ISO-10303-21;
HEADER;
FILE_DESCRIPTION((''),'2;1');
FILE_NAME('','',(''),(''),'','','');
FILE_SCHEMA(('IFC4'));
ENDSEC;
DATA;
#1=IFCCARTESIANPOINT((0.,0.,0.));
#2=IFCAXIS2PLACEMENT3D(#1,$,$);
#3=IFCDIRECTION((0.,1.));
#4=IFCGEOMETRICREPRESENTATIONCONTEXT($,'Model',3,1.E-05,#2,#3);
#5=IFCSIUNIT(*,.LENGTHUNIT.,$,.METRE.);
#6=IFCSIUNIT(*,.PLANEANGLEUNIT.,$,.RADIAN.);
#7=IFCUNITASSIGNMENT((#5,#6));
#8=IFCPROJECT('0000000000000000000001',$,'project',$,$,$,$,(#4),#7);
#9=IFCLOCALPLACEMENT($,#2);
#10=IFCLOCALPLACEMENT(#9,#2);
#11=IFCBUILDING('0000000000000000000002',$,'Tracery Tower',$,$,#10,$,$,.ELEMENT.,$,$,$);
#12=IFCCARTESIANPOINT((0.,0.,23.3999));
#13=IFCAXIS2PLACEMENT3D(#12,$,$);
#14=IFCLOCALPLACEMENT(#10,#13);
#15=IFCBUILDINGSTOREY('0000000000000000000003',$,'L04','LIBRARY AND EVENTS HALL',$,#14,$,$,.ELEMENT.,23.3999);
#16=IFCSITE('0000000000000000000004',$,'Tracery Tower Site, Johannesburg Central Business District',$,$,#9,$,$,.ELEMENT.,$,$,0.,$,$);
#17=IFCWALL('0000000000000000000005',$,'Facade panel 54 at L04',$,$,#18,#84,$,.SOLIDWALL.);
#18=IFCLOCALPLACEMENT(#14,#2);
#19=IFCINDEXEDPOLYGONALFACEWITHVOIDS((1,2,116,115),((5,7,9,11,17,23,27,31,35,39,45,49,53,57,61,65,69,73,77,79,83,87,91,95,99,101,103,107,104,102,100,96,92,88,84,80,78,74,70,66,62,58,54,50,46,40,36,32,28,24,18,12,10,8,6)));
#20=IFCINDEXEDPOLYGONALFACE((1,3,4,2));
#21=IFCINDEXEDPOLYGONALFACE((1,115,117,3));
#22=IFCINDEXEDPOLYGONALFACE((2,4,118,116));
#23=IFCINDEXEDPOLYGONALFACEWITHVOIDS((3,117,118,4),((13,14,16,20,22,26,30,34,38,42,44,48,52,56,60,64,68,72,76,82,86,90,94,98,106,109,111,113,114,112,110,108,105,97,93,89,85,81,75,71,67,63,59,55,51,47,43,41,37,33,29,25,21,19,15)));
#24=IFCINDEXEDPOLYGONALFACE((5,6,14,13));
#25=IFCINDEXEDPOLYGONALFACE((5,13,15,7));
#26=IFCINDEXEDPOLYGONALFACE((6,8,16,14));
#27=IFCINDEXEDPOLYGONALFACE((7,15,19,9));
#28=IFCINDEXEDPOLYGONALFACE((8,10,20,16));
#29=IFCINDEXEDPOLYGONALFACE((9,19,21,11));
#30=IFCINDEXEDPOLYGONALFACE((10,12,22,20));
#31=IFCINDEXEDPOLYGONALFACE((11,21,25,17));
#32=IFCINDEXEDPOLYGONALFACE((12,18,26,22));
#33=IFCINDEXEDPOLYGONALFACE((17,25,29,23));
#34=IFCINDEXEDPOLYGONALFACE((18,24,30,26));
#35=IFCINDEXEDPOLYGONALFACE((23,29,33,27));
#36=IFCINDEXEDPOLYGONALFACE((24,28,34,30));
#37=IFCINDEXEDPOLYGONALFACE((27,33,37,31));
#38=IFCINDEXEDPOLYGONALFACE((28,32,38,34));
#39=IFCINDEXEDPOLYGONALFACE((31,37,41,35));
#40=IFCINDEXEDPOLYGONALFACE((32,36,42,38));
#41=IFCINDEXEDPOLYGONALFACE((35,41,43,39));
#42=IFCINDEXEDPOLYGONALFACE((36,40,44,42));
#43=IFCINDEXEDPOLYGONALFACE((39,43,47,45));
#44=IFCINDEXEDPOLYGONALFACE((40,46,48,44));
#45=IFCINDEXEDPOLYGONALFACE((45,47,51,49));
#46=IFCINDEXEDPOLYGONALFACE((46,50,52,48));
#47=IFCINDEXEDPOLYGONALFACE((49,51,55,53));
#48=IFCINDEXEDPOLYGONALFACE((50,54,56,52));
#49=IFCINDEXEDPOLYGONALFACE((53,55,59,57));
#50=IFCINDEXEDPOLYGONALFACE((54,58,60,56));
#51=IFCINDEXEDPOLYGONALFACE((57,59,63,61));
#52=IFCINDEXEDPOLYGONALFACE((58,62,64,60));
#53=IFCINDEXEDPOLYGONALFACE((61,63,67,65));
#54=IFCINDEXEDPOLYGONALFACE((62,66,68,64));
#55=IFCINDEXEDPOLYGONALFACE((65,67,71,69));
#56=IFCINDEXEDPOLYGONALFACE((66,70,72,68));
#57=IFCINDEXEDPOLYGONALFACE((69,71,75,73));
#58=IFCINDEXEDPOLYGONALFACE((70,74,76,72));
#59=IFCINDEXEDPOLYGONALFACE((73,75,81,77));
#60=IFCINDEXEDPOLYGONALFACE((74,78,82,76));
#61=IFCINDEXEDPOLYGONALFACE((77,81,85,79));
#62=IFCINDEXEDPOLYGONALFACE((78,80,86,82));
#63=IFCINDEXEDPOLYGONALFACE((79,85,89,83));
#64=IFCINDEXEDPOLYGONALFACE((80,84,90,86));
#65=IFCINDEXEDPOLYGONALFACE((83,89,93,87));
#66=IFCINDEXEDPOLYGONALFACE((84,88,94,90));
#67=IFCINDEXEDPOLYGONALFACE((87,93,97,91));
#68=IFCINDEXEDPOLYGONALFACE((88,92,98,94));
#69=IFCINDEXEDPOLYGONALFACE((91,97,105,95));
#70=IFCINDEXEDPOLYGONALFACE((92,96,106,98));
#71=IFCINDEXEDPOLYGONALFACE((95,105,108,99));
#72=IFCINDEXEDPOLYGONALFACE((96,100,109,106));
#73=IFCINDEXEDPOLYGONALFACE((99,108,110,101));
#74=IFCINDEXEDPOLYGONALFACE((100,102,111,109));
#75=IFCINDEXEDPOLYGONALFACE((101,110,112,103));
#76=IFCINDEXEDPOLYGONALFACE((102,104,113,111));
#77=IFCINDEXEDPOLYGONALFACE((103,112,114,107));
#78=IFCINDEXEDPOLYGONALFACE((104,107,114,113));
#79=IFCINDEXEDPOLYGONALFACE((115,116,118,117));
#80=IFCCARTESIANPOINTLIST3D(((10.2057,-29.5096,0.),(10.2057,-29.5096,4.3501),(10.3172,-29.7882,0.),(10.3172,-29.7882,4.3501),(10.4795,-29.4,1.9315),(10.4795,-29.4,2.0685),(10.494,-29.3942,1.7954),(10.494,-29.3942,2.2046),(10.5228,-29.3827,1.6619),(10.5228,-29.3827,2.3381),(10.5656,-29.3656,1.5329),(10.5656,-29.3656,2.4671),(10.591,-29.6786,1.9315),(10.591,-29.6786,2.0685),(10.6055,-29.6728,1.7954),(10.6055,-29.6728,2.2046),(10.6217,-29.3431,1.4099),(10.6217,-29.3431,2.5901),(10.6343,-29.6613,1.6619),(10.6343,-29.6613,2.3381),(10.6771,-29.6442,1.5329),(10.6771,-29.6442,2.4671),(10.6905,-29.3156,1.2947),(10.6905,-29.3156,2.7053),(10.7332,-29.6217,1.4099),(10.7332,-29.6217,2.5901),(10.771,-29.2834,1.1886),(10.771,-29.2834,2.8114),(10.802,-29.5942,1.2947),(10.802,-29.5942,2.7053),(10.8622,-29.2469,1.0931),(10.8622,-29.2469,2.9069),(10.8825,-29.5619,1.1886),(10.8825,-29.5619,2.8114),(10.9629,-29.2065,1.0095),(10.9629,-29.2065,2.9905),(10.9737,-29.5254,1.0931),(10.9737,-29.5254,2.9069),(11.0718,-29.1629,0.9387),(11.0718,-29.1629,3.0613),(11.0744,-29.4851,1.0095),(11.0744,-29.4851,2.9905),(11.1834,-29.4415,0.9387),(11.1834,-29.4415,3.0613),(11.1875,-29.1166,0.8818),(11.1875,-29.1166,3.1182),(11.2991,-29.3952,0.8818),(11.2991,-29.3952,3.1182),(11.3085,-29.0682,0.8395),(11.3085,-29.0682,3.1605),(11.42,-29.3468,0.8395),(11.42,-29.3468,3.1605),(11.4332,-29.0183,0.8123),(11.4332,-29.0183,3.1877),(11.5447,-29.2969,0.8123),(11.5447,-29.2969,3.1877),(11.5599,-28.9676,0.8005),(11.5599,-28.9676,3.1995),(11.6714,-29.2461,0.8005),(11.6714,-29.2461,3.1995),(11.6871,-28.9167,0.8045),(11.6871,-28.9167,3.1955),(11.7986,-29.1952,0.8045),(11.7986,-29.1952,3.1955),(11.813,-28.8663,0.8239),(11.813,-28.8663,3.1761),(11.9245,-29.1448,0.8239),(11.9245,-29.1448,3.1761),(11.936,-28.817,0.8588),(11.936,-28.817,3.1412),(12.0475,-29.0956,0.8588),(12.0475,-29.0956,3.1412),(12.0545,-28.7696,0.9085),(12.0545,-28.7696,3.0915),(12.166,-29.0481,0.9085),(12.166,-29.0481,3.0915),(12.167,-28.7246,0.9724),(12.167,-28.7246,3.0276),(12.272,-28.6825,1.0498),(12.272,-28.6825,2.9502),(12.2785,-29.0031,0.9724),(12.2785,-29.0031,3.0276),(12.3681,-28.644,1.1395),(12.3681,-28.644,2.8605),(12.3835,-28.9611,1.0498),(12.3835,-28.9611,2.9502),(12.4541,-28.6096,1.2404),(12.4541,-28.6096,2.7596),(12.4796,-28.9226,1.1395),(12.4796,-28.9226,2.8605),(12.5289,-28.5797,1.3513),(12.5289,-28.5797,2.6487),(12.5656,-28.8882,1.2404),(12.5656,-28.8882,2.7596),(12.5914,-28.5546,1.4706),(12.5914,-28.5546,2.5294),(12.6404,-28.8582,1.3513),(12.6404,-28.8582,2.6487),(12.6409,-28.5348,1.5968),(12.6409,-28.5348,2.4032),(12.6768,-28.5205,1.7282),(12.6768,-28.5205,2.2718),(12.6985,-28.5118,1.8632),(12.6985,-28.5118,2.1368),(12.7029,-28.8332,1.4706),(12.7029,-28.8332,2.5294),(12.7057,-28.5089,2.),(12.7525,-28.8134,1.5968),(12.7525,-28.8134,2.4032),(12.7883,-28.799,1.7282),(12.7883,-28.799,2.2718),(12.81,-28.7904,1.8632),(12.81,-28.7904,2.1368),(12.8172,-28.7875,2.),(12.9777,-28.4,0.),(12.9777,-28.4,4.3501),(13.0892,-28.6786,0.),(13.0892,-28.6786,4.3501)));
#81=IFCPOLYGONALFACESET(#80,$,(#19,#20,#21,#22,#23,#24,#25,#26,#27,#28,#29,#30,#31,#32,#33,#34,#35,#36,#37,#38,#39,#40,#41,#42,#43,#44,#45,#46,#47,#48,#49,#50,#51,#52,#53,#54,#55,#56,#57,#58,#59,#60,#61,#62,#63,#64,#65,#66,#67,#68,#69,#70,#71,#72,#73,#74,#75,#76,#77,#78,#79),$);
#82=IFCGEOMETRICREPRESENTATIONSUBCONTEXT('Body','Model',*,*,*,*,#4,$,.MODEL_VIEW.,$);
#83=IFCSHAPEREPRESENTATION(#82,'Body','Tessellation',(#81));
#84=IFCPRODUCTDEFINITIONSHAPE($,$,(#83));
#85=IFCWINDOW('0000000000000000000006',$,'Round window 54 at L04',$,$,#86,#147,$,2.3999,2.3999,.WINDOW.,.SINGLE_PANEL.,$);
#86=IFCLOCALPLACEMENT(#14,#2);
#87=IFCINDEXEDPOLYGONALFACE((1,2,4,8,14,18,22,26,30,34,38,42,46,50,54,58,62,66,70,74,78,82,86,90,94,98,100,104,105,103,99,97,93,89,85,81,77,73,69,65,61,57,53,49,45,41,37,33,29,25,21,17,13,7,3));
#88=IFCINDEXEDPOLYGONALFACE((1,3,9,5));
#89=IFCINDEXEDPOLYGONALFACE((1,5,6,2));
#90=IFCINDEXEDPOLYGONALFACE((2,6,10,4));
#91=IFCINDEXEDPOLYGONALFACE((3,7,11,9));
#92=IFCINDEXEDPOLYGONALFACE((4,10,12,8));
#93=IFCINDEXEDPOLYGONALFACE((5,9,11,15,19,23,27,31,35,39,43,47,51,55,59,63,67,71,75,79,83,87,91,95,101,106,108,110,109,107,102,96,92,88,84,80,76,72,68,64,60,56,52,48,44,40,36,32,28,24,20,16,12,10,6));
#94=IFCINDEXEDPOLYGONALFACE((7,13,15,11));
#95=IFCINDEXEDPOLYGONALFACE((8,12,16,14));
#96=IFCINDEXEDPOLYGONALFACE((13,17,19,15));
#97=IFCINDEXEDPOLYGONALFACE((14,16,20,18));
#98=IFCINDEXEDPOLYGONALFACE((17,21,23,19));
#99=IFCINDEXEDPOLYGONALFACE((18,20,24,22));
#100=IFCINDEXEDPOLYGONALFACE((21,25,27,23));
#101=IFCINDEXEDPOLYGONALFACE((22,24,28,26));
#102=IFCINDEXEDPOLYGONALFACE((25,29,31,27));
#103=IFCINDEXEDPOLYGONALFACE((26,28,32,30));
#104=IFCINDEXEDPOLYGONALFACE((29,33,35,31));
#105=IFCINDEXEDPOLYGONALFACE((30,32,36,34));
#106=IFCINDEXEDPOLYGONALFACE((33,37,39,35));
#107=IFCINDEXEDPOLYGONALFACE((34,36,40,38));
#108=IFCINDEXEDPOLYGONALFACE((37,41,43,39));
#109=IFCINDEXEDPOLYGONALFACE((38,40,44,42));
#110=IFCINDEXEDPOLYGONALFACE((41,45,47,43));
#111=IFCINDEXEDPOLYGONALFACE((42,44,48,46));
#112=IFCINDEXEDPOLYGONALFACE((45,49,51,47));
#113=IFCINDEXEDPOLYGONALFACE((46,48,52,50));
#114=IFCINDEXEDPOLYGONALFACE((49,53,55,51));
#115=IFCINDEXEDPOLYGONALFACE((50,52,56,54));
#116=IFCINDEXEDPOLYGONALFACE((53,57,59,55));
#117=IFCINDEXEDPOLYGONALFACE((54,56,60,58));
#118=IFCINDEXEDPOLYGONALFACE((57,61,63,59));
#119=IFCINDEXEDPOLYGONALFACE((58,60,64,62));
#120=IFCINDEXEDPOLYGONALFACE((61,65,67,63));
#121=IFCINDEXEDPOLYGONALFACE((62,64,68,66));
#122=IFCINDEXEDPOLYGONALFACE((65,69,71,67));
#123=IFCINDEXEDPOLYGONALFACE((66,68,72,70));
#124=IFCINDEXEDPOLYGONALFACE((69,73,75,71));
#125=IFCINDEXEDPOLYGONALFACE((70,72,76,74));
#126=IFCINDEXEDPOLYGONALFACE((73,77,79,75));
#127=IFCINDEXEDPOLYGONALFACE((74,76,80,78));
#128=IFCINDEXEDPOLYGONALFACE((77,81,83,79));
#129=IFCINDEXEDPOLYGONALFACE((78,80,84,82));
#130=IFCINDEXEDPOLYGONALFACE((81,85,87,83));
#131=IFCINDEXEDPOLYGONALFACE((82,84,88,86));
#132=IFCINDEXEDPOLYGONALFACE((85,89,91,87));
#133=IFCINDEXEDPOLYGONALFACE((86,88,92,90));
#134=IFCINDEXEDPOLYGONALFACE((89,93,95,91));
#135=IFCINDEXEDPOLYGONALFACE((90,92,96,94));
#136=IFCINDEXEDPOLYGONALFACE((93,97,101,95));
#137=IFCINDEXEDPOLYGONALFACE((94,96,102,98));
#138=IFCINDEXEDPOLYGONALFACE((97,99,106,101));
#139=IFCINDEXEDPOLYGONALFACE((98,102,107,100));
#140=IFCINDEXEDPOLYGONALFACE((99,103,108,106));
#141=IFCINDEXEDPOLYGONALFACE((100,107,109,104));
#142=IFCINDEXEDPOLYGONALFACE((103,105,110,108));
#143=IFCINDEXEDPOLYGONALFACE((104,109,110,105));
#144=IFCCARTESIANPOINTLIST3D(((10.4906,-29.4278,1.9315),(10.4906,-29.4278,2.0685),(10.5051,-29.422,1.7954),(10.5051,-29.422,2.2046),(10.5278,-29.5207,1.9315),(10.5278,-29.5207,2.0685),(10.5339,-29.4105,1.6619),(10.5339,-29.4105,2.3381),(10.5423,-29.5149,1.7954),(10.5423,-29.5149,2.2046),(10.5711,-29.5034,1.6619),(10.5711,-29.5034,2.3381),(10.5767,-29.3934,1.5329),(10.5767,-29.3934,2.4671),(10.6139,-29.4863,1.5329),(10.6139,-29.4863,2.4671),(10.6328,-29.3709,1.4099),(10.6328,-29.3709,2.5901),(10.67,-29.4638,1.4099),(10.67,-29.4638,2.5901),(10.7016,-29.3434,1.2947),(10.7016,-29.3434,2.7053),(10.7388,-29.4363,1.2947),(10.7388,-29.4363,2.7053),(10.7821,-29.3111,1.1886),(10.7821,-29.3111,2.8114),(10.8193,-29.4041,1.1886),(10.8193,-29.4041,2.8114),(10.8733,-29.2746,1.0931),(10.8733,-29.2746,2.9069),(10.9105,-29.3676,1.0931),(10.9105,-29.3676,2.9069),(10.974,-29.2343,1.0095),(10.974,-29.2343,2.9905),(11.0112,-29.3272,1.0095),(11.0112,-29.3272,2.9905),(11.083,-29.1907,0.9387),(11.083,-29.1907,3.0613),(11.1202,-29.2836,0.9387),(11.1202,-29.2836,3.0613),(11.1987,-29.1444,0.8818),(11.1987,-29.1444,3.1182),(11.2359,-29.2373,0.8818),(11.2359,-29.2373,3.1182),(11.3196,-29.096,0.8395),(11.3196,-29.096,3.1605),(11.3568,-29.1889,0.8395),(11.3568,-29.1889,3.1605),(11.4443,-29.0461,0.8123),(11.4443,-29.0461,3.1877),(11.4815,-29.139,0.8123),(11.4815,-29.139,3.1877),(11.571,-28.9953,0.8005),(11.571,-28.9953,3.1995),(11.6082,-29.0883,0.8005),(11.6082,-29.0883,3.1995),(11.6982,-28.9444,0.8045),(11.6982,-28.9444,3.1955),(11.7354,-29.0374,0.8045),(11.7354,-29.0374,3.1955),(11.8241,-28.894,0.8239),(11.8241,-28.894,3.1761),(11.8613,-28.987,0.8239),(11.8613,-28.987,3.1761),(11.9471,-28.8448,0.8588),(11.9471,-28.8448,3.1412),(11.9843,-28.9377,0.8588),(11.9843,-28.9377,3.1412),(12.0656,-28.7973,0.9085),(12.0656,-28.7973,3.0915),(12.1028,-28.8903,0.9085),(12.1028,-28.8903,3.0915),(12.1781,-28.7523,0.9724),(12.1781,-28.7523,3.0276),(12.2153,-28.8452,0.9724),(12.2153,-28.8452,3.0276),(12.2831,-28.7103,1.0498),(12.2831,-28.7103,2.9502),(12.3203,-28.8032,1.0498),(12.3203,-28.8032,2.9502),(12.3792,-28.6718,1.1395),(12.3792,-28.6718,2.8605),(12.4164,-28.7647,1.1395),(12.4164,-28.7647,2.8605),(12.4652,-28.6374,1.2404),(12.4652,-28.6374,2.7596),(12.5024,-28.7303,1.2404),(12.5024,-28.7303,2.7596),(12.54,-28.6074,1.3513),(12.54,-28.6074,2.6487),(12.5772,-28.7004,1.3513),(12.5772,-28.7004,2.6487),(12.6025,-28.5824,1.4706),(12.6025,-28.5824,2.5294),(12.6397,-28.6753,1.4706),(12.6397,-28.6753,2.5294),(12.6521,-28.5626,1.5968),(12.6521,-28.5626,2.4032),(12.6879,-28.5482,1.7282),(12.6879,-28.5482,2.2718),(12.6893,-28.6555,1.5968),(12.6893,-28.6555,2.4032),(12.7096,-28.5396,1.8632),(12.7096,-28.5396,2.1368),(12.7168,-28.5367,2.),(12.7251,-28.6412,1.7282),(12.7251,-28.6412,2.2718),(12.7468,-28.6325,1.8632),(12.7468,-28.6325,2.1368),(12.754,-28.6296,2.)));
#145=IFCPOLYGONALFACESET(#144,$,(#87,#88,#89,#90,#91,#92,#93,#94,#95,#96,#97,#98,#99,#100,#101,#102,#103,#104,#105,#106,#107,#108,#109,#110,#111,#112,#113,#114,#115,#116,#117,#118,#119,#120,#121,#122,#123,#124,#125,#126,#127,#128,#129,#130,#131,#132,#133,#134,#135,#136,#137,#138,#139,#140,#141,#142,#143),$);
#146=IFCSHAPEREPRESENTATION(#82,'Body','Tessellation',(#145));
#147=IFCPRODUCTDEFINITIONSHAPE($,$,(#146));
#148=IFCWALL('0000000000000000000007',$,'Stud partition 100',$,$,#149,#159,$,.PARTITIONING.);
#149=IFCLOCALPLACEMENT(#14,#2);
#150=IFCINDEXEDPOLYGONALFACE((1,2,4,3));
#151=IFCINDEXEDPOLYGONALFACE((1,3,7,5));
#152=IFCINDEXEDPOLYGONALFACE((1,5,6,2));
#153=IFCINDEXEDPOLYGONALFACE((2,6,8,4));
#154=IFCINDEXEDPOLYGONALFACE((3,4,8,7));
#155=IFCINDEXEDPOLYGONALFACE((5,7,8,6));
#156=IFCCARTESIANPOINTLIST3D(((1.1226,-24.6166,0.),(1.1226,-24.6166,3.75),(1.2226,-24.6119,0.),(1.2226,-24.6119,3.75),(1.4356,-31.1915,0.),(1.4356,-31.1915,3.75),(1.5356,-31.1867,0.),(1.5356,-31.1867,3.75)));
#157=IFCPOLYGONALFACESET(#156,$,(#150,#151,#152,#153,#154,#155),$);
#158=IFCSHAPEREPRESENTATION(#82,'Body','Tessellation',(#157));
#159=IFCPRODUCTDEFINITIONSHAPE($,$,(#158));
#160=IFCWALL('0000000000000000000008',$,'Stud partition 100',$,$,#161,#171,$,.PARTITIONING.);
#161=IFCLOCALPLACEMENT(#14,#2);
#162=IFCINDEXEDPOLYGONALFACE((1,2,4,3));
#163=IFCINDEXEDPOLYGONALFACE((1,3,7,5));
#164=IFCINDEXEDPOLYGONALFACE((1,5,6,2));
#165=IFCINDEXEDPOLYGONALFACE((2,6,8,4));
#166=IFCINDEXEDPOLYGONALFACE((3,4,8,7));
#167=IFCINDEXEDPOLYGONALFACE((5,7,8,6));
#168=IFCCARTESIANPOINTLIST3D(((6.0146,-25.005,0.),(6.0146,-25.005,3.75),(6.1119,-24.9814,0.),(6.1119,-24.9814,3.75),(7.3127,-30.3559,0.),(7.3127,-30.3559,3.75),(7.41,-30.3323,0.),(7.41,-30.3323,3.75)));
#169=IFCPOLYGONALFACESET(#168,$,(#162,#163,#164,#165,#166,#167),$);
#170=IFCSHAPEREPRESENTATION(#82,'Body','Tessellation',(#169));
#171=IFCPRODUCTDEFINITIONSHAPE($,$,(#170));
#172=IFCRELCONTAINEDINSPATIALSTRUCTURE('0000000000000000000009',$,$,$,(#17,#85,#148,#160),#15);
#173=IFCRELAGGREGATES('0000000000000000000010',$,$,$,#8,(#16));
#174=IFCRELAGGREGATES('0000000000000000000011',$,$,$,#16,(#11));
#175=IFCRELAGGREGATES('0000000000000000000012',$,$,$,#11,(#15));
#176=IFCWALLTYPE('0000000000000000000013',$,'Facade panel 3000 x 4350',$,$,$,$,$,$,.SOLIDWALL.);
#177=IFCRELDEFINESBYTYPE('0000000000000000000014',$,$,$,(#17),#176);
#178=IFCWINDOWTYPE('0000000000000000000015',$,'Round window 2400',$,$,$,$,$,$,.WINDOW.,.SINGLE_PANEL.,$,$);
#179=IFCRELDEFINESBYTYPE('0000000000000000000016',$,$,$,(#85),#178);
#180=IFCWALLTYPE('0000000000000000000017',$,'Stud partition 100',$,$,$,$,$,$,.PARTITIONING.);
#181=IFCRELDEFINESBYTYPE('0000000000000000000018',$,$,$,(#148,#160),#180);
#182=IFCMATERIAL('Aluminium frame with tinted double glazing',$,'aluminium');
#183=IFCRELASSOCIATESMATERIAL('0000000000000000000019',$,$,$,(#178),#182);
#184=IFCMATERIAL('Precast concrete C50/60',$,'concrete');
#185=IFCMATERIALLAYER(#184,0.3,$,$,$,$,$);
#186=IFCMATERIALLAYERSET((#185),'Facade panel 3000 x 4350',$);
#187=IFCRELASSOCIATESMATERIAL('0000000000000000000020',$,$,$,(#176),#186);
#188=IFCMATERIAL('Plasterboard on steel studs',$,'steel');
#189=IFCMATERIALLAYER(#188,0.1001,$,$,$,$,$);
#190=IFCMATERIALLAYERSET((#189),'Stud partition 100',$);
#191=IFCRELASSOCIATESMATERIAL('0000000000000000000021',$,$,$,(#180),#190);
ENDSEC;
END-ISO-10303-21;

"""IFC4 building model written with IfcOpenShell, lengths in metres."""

from ifc_helpers import new_model, si_unit, direction, frame, frame_2d, origin, origin_2d, place, context, subcontext, project, spatial, rectangle, circle, extrude, material, layer, layer_set, type_object, element, fill, save


model = new_model("IFC4")

# Units and contexts
model_context = context("Model", 3, precision=1e-05, world=origin(), true_north=direction((0.0, 1.0)))
body_context = subcontext(model_context, "Body", "Model", "MODEL_VIEW")
ifc_project = project(units=[si_unit("LENGTHUNIT", "METRE"), si_unit("PLANEANGLEUNIT", "RADIAN")], contexts=[model_context])

# Site, building, storey
site_placement = place(None, origin())
site = spatial("IfcSite", under=ifc_project, at=site_placement, Name="Tracery Tower Site, Johannesburg Central Business District", CompositionType="ELEMENT", RefElevation=0.0)
building_placement = place(site_placement, origin())
building = spatial("IfcBuilding", under=site, at=building_placement, Name="Tracery Tower", CompositionType="ELEMENT")
storey_placement = place(building_placement, frame((0.0, 0.0, 23.3999)))
storey = spatial("IfcBuildingStorey", under=building, at=storey_placement, Name="L04", Description="LIBRARY AND EVENTS HALL", CompositionType="ELEMENT", Elevation=23.3999)

# Wall, opening, window
ifc_material_1 = material(Name="Aluminium frame with tinted double glazing", Category="aluminium")
window_type = type_object("IfcWindowType", Name="Round window 2400", PartitioningType="SINGLE_PANEL", PredefinedType="WINDOW", material=ifc_material_1)
ifc_material_2 = material(Name="Precast concrete C50/60", Category="concrete")
ifc_layer_1 = layer(ifc_material_2, 0.3)
ifc_layer_set_1 = layer_set([ifc_layer_1], Name="Facade panel 3000 x 4350")
wall_type_1 = type_object("IfcWallType", Name="Facade panel 3000 x 4350", PredefinedType="SOLIDWALL", material=ifc_layer_set_1)
wall_1_placement = place(storey_placement, frame((10.2615, -29.6489, 0.0), z_axis=(0.0, 0.0, 1.0), x_axis=(0.928381, 0.37163, 0.0)))
wall_1 = element("IfcWall", 1, at=wall_1_placement, inside=storey, type_object=wall_type_1, Name="Facade panel 54 at L04", PredefinedType="SOLIDWALL", context=body_context, shape_type="SweptSolid", body=[
    extrude(rectangle(XDim=2.9858, YDim=0.3, at=frame_2d((1.4929, 0.0))), origin(), (0.0, 0.0, 1.0), 4.3501),
])
opening_1_placement = place(wall_1_placement, frame((1.4929, 0.0, 2.0)))
opening_1 = element("IfcOpeningElement", 2, at=opening_1_placement, cuts=wall_1, PredefinedType="OPENING", context=body_context, shape_type="SweptSolid", body=[
    extrude(circle(Radius=1.2, at=origin_2d()), frame((0.0, 0.1599, 0.0), z_axis=(0.0, -1.0, 0.0), x_axis=(1.0, 0.0, 0.0)), (0.0, 0.0, 1.0), 0.3201),
])
window_1_placement = place(opening_1_placement, origin())
window_1 = element("IfcWindow", 3, at=window_1_placement, inside=storey, type_object=window_type, Name="Round window 54 at L04", OverallHeight=2.3999, OverallWidth=2.3999, PartitioningType="SINGLE_PANEL", PredefinedType="WINDOW", context=body_context, shape_type="SweptSolid", body=[
    extrude(circle(Radius=1.2, at=origin_2d()), frame((0.0, 0.1201, 0.0), z_axis=(0.0, -1.0, 0.0), x_axis=(1.0, 0.0, 0.0)), (0.0, 0.0, 1.0), 0.1001),
])
fill(opening_1, window_1)

# Walls
ifc_material_3 = material(Name="Plasterboard on steel studs", Category="steel")
ifc_layer_2 = layer(ifc_material_3, 0.1001)
ifc_layer_set_2 = layer_set([ifc_layer_2], Name="Stud partition 100")
wall_type_2 = type_object("IfcWallType", Name="Stud partition 100", PredefinedType="PARTITIONING", material=ifc_layer_set_2)
wall_2_placement = place(storey_placement, frame((1.4856, -31.189, 0.0), z_axis=(0.0, 0.0, 1.0), x_axis=(-0.047549, 0.998869, 0.0)))
element("IfcWall", 4, at=wall_2_placement, inside=storey, type_object=wall_type_2, Name="Stud partition 100", PredefinedType="PARTITIONING", context=body_context, shape_type="SweptSolid", body=[
    extrude(rectangle(XDim=6.5823, YDim=0.1001, at=frame_2d((3.291, 0.0))), origin(), (0.0, 0.0, 1.0), 3.75),
])
wall_3_placement = place(storey_placement, frame((7.3613, -30.344, 0.0), z_axis=(0.0, 0.0, 1.0), x_axis=(-0.235759, 0.971812, 0.0)))
element("IfcWall", 5, at=wall_3_placement, inside=storey, type_object=wall_type_2, Name="Stud partition 100", PredefinedType="PARTITIONING", context=body_context, shape_type="SweptSolid", body=[
    extrude(rectangle(XDim=5.5061, YDim=0.1001, at=frame_2d((2.7529, 0.0))), origin(), (0.0, 0.0, 1.0), 3.75),
])

save(model, "model.ifc")
